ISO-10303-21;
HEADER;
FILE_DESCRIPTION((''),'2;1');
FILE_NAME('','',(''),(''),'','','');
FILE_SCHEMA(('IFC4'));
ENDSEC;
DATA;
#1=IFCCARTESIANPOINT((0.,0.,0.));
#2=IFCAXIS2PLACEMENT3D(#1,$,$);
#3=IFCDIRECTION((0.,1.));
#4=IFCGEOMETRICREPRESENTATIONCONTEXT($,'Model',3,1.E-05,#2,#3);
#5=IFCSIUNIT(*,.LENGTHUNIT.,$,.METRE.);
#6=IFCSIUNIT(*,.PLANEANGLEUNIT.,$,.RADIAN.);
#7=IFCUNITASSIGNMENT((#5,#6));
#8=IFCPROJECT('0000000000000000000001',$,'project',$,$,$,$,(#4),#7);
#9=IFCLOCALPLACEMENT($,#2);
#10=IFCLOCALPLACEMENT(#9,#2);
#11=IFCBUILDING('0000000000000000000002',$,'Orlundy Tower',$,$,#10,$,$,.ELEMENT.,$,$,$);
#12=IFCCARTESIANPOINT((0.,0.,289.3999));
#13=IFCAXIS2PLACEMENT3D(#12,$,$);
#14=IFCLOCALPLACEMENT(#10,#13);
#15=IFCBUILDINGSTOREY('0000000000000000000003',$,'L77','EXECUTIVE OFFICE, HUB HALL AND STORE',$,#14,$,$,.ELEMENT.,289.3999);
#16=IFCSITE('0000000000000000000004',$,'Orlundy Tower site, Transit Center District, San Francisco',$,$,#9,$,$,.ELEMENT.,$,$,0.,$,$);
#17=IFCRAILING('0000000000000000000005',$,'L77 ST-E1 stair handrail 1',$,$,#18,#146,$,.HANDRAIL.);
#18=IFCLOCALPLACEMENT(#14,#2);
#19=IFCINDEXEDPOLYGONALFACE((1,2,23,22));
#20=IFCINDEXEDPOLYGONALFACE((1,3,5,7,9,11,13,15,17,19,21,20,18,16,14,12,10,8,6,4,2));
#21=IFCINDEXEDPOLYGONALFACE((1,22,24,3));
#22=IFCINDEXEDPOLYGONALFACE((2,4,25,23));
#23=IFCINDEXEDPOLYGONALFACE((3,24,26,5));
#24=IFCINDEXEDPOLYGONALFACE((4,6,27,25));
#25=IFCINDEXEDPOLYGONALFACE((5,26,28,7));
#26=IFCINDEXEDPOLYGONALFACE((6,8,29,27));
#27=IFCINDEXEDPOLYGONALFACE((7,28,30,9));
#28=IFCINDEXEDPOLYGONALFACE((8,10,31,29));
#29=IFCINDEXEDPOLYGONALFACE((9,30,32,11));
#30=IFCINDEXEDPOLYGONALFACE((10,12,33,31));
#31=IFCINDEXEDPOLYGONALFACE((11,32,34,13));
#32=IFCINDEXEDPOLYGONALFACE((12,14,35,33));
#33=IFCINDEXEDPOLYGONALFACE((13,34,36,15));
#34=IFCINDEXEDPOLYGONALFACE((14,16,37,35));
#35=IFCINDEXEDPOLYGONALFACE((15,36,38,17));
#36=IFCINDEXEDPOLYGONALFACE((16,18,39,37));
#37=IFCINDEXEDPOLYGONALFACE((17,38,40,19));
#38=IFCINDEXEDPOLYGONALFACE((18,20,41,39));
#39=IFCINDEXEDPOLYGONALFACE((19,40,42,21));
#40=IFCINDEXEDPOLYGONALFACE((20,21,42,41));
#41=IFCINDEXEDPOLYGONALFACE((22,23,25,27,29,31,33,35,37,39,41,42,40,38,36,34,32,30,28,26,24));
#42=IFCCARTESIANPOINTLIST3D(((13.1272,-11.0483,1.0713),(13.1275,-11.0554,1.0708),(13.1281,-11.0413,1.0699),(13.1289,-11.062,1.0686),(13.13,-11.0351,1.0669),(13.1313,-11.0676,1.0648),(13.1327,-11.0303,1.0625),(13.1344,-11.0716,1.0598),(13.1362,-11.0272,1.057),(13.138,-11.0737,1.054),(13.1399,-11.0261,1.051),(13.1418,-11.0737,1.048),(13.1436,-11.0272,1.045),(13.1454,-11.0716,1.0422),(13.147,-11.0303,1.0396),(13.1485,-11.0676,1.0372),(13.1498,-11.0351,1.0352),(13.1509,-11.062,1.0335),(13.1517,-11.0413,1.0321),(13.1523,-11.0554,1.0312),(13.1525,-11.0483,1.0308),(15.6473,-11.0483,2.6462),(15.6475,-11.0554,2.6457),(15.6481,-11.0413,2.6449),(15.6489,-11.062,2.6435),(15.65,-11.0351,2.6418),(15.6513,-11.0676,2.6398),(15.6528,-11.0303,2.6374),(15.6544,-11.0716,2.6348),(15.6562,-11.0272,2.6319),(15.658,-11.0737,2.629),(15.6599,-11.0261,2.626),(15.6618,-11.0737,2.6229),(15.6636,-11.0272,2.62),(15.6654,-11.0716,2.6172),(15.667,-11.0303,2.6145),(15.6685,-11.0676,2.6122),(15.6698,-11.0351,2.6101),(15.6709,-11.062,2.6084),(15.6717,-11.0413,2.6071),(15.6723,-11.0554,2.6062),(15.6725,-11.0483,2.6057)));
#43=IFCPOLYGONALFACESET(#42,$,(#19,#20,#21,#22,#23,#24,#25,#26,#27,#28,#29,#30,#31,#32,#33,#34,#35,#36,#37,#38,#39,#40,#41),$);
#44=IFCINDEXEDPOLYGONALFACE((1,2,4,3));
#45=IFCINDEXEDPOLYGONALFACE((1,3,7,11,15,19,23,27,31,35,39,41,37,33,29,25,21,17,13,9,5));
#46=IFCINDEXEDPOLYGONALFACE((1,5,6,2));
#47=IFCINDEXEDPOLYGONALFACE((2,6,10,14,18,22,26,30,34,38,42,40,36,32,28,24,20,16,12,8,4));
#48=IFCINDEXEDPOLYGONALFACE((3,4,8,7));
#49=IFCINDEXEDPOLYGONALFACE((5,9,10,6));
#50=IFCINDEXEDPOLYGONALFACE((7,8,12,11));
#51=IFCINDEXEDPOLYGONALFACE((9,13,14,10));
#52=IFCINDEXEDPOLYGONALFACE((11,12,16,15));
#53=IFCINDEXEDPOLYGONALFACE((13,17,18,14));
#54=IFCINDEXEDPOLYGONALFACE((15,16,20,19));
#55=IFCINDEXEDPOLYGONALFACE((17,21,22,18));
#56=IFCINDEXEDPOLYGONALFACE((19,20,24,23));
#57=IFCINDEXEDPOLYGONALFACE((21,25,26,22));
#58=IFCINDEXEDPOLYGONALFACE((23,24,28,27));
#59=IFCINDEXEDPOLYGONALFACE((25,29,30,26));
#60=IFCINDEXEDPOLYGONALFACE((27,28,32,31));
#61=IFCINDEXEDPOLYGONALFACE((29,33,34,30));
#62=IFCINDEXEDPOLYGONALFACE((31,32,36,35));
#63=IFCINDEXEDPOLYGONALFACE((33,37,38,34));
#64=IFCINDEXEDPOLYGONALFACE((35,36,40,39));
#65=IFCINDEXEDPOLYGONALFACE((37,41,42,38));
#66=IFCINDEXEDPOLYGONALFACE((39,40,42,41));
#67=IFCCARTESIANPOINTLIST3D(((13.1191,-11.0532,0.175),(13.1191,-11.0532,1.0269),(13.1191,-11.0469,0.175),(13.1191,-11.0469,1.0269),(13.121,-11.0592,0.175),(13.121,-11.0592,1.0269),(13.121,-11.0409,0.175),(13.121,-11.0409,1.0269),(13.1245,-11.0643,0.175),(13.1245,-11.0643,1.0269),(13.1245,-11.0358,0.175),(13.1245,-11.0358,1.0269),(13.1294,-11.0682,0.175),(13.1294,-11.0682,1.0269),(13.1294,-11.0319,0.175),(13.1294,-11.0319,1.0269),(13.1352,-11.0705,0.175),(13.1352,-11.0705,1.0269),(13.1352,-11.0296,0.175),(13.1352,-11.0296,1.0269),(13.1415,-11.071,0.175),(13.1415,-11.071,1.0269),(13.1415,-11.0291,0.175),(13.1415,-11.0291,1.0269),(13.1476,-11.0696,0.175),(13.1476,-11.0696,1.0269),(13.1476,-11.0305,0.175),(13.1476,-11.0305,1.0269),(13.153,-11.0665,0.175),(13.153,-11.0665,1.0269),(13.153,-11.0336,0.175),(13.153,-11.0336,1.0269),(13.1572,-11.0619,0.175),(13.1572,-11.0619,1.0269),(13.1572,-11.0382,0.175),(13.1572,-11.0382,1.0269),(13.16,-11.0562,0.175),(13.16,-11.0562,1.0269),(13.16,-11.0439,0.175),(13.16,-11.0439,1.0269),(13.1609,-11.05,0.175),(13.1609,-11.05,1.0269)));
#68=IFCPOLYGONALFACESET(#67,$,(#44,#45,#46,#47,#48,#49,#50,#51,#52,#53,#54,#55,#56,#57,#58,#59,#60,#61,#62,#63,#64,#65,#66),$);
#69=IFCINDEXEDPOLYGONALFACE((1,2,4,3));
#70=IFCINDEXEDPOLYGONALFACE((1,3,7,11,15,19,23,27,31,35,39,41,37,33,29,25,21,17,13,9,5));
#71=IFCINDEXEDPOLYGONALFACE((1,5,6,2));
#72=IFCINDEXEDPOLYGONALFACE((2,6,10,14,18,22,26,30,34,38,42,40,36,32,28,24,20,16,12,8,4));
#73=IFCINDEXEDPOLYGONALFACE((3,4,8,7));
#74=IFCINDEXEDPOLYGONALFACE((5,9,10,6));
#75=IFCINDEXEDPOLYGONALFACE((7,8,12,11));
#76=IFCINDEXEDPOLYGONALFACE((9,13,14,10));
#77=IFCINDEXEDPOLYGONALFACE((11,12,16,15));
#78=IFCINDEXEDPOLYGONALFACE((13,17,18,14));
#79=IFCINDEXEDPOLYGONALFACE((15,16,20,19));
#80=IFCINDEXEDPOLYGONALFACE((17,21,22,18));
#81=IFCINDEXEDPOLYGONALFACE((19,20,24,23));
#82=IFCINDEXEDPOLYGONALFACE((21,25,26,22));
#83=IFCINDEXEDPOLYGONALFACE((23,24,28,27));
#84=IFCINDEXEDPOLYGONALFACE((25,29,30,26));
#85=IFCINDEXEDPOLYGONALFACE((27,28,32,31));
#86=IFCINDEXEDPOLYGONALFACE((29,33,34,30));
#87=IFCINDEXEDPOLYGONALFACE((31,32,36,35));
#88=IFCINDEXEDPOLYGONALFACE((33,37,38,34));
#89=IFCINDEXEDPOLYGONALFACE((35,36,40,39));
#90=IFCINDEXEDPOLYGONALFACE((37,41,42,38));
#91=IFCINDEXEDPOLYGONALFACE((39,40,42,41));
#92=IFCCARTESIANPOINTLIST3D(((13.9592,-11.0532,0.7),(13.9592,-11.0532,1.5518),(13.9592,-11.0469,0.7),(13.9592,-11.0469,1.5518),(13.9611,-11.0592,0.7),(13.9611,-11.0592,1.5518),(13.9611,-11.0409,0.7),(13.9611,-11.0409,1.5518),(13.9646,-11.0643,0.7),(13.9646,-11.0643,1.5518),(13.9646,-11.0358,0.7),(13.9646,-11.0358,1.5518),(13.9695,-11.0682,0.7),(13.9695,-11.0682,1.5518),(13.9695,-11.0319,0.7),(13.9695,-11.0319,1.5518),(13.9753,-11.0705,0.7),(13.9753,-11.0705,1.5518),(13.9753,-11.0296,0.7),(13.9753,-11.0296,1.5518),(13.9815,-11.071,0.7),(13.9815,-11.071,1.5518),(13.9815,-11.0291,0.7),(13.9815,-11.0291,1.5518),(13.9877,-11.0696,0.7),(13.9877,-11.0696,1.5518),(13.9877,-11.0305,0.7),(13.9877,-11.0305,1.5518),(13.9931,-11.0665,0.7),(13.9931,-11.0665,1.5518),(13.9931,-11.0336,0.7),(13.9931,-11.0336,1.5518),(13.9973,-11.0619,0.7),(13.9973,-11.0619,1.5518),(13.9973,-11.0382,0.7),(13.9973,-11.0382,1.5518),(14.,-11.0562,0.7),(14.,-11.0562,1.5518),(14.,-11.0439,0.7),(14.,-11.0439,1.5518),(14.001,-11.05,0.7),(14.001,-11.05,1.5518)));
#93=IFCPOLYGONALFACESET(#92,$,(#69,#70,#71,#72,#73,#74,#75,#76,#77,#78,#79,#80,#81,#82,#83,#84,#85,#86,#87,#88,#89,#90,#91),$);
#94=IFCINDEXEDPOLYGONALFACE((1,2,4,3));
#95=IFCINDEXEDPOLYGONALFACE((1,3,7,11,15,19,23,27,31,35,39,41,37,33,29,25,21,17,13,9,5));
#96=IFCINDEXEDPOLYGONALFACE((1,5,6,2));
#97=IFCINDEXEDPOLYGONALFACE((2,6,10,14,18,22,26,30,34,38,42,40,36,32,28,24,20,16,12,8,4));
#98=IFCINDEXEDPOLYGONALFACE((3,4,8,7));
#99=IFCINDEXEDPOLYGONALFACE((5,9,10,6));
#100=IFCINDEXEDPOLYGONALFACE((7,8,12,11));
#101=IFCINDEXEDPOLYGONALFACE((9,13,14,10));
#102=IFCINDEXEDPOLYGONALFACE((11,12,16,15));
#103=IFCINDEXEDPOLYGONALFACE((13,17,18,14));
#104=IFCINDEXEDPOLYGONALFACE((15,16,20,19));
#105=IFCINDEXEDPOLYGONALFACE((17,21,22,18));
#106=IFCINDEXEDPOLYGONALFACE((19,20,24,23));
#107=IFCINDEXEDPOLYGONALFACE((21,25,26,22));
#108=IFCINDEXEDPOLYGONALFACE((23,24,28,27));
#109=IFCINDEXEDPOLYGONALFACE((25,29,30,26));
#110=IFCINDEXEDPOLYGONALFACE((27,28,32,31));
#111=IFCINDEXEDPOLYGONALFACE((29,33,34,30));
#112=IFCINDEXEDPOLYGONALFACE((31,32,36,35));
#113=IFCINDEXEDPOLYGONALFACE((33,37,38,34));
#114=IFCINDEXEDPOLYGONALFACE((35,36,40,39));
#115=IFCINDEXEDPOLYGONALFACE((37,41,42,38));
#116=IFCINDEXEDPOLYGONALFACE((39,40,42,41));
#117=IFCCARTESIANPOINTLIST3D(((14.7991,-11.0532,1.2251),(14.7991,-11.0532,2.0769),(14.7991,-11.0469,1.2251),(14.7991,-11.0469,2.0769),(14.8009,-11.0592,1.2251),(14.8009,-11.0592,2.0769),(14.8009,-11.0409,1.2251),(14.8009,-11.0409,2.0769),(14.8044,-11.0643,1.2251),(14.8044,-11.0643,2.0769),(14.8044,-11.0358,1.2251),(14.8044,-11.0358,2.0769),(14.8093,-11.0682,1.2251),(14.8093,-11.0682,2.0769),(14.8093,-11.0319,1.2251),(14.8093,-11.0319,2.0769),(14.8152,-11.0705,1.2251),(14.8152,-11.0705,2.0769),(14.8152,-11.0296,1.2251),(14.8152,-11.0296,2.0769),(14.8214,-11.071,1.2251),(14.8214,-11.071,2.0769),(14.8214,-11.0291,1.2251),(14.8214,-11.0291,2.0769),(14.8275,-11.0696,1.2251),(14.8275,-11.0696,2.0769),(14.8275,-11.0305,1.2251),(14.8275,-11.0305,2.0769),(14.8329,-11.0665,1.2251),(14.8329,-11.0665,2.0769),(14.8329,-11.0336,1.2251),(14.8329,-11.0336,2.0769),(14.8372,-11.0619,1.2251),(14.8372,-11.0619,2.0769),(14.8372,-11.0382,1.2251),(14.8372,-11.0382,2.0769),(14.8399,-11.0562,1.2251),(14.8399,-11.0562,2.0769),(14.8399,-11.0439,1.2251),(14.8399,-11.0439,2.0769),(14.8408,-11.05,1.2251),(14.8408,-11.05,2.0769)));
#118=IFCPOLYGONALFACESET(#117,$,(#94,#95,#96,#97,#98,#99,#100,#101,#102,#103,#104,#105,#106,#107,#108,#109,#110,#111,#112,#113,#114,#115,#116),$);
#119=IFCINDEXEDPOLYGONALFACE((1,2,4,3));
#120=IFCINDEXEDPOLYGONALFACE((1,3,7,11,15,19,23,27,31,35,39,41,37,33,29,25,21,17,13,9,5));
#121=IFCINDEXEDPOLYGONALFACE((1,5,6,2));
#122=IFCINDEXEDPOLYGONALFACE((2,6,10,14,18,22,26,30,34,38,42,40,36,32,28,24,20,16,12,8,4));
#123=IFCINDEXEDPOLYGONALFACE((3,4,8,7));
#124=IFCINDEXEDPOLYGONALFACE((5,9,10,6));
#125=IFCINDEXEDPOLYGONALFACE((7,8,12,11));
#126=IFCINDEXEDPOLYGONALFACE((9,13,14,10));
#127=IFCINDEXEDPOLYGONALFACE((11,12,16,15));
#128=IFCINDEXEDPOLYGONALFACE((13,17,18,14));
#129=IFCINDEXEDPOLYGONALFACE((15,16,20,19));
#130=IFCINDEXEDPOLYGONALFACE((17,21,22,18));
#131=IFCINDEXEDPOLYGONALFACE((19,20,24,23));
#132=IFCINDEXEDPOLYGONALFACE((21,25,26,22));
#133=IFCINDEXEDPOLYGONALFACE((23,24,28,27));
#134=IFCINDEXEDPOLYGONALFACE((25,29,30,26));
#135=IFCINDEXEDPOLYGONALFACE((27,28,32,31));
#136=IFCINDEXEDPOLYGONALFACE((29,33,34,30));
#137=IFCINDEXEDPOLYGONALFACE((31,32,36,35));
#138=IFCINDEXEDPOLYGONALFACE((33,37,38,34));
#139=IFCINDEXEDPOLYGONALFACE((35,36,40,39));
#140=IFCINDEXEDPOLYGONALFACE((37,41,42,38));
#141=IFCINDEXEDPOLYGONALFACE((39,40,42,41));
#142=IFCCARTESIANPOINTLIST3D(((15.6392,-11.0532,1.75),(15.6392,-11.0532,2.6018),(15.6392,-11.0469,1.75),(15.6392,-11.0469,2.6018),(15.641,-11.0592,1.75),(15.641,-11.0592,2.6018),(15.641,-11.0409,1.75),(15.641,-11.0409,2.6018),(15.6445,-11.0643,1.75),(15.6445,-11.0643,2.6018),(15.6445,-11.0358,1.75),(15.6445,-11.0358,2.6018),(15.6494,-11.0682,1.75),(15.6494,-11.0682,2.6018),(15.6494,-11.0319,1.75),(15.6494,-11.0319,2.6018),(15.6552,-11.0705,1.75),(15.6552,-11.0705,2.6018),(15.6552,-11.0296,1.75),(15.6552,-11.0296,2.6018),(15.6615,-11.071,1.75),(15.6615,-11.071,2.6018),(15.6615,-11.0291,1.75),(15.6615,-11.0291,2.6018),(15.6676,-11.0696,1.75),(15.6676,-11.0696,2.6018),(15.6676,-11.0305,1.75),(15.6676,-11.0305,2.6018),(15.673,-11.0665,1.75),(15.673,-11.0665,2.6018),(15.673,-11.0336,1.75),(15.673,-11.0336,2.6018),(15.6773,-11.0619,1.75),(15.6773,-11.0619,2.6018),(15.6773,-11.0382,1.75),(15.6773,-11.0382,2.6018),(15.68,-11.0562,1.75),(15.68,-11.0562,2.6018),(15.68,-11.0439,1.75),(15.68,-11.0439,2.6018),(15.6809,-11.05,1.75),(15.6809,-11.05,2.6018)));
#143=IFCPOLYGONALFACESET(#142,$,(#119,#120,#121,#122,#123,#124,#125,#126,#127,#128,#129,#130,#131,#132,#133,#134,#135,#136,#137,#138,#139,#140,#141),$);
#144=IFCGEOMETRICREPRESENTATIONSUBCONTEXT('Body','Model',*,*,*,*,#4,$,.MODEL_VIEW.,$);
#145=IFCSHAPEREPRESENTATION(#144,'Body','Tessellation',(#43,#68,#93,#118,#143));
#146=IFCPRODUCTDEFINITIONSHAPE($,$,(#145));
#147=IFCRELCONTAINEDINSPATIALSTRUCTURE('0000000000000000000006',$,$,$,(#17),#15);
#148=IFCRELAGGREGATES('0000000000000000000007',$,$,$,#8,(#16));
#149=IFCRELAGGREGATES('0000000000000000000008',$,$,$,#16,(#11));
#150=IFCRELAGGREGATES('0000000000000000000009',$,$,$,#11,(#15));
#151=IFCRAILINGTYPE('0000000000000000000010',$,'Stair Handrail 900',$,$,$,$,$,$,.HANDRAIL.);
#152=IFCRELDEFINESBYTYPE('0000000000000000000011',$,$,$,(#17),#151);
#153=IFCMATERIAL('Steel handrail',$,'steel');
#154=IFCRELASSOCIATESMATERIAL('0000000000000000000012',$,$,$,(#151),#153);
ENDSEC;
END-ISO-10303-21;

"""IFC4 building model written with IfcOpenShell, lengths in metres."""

from ifc_helpers import new_model, si_unit, direction, frame, origin, origin_2d, place, context, subcontext, project, spatial, circle, extrude, material, type_object, element, save


model = new_model("IFC4")

# Units and contexts
model_context = context("Model", 3, precision=1e-05, world=origin(), true_north=direction((0.0, 1.0)))
body_context = subcontext(model_context, "Body", "Model", "MODEL_VIEW")
ifc_project = project(units=[si_unit("LENGTHUNIT", "METRE"), si_unit("PLANEANGLEUNIT", "RADIAN")], contexts=[model_context])

# Site, building, storey
site_placement = place(None, origin())
site = spatial("IfcSite", under=ifc_project, at=site_placement, Name="Orlundy Tower site, Transit Center District, San Francisco", CompositionType="ELEMENT", RefElevation=0.0)
building_placement = place(site_placement, origin())
building = spatial("IfcBuilding", under=site, at=building_placement, Name="Orlundy Tower", CompositionType="ELEMENT")
storey_placement = place(building_placement, frame((0.0, 0.0, 289.3999)))
storey = spatial("IfcBuildingStorey", under=building, at=storey_placement, Name="L77", Description="EXECUTIVE OFFICE, HUB HALL AND STORE", CompositionType="ELEMENT", Elevation=289.3999)

# Railing
ifc_material_1 = material(Name="Steel handrail", Category="steel")
railing_type_1 = type_object("IfcRailingType", Name="Stair Handrail 900", PredefinedType="HANDRAIL", material=ifc_material_1)
railing_1_placement = place(storey_placement, frame((13.1399, -11.05, 0.175)))
element("IfcRailing", 1, at=railing_1_placement, inside=storey, type_object=railing_type_1, Name="L77 ST-E1 stair handrail 1", PredefinedType="HANDRAIL", context=body_context, shape_type="SweptSolid", body=[
    extrude(circle(Radius=0.0239, at=origin_2d()), frame((0.0, 0.0, 0.876), z_axis=(0.848008, 0.0, 0.529984), x_axis=(0.0, 1.0, 0.0)), (0.0, 0.0, 1.0), 2.9717),
    extrude(circle(Radius=0.021, at=origin_2d()), origin(), (0.0, 0.0, 1.0), 0.8518),
    extrude(circle(Radius=0.021, at=origin_2d()), frame((0.8401, 0.0, 0.5249)), (0.0, 0.0, 1.0), 0.8518),
    extrude(circle(Radius=0.021, at=origin_2d()), frame((1.6799, 0.0, 1.05)), (0.0, 0.0, 1.0), 0.8518),
    extrude(circle(Radius=0.021, at=origin_2d()), frame((2.52, 0.0, 1.575)), (0.0, 0.0, 1.0), 0.8518),
])

save(model, "model.ifc")
